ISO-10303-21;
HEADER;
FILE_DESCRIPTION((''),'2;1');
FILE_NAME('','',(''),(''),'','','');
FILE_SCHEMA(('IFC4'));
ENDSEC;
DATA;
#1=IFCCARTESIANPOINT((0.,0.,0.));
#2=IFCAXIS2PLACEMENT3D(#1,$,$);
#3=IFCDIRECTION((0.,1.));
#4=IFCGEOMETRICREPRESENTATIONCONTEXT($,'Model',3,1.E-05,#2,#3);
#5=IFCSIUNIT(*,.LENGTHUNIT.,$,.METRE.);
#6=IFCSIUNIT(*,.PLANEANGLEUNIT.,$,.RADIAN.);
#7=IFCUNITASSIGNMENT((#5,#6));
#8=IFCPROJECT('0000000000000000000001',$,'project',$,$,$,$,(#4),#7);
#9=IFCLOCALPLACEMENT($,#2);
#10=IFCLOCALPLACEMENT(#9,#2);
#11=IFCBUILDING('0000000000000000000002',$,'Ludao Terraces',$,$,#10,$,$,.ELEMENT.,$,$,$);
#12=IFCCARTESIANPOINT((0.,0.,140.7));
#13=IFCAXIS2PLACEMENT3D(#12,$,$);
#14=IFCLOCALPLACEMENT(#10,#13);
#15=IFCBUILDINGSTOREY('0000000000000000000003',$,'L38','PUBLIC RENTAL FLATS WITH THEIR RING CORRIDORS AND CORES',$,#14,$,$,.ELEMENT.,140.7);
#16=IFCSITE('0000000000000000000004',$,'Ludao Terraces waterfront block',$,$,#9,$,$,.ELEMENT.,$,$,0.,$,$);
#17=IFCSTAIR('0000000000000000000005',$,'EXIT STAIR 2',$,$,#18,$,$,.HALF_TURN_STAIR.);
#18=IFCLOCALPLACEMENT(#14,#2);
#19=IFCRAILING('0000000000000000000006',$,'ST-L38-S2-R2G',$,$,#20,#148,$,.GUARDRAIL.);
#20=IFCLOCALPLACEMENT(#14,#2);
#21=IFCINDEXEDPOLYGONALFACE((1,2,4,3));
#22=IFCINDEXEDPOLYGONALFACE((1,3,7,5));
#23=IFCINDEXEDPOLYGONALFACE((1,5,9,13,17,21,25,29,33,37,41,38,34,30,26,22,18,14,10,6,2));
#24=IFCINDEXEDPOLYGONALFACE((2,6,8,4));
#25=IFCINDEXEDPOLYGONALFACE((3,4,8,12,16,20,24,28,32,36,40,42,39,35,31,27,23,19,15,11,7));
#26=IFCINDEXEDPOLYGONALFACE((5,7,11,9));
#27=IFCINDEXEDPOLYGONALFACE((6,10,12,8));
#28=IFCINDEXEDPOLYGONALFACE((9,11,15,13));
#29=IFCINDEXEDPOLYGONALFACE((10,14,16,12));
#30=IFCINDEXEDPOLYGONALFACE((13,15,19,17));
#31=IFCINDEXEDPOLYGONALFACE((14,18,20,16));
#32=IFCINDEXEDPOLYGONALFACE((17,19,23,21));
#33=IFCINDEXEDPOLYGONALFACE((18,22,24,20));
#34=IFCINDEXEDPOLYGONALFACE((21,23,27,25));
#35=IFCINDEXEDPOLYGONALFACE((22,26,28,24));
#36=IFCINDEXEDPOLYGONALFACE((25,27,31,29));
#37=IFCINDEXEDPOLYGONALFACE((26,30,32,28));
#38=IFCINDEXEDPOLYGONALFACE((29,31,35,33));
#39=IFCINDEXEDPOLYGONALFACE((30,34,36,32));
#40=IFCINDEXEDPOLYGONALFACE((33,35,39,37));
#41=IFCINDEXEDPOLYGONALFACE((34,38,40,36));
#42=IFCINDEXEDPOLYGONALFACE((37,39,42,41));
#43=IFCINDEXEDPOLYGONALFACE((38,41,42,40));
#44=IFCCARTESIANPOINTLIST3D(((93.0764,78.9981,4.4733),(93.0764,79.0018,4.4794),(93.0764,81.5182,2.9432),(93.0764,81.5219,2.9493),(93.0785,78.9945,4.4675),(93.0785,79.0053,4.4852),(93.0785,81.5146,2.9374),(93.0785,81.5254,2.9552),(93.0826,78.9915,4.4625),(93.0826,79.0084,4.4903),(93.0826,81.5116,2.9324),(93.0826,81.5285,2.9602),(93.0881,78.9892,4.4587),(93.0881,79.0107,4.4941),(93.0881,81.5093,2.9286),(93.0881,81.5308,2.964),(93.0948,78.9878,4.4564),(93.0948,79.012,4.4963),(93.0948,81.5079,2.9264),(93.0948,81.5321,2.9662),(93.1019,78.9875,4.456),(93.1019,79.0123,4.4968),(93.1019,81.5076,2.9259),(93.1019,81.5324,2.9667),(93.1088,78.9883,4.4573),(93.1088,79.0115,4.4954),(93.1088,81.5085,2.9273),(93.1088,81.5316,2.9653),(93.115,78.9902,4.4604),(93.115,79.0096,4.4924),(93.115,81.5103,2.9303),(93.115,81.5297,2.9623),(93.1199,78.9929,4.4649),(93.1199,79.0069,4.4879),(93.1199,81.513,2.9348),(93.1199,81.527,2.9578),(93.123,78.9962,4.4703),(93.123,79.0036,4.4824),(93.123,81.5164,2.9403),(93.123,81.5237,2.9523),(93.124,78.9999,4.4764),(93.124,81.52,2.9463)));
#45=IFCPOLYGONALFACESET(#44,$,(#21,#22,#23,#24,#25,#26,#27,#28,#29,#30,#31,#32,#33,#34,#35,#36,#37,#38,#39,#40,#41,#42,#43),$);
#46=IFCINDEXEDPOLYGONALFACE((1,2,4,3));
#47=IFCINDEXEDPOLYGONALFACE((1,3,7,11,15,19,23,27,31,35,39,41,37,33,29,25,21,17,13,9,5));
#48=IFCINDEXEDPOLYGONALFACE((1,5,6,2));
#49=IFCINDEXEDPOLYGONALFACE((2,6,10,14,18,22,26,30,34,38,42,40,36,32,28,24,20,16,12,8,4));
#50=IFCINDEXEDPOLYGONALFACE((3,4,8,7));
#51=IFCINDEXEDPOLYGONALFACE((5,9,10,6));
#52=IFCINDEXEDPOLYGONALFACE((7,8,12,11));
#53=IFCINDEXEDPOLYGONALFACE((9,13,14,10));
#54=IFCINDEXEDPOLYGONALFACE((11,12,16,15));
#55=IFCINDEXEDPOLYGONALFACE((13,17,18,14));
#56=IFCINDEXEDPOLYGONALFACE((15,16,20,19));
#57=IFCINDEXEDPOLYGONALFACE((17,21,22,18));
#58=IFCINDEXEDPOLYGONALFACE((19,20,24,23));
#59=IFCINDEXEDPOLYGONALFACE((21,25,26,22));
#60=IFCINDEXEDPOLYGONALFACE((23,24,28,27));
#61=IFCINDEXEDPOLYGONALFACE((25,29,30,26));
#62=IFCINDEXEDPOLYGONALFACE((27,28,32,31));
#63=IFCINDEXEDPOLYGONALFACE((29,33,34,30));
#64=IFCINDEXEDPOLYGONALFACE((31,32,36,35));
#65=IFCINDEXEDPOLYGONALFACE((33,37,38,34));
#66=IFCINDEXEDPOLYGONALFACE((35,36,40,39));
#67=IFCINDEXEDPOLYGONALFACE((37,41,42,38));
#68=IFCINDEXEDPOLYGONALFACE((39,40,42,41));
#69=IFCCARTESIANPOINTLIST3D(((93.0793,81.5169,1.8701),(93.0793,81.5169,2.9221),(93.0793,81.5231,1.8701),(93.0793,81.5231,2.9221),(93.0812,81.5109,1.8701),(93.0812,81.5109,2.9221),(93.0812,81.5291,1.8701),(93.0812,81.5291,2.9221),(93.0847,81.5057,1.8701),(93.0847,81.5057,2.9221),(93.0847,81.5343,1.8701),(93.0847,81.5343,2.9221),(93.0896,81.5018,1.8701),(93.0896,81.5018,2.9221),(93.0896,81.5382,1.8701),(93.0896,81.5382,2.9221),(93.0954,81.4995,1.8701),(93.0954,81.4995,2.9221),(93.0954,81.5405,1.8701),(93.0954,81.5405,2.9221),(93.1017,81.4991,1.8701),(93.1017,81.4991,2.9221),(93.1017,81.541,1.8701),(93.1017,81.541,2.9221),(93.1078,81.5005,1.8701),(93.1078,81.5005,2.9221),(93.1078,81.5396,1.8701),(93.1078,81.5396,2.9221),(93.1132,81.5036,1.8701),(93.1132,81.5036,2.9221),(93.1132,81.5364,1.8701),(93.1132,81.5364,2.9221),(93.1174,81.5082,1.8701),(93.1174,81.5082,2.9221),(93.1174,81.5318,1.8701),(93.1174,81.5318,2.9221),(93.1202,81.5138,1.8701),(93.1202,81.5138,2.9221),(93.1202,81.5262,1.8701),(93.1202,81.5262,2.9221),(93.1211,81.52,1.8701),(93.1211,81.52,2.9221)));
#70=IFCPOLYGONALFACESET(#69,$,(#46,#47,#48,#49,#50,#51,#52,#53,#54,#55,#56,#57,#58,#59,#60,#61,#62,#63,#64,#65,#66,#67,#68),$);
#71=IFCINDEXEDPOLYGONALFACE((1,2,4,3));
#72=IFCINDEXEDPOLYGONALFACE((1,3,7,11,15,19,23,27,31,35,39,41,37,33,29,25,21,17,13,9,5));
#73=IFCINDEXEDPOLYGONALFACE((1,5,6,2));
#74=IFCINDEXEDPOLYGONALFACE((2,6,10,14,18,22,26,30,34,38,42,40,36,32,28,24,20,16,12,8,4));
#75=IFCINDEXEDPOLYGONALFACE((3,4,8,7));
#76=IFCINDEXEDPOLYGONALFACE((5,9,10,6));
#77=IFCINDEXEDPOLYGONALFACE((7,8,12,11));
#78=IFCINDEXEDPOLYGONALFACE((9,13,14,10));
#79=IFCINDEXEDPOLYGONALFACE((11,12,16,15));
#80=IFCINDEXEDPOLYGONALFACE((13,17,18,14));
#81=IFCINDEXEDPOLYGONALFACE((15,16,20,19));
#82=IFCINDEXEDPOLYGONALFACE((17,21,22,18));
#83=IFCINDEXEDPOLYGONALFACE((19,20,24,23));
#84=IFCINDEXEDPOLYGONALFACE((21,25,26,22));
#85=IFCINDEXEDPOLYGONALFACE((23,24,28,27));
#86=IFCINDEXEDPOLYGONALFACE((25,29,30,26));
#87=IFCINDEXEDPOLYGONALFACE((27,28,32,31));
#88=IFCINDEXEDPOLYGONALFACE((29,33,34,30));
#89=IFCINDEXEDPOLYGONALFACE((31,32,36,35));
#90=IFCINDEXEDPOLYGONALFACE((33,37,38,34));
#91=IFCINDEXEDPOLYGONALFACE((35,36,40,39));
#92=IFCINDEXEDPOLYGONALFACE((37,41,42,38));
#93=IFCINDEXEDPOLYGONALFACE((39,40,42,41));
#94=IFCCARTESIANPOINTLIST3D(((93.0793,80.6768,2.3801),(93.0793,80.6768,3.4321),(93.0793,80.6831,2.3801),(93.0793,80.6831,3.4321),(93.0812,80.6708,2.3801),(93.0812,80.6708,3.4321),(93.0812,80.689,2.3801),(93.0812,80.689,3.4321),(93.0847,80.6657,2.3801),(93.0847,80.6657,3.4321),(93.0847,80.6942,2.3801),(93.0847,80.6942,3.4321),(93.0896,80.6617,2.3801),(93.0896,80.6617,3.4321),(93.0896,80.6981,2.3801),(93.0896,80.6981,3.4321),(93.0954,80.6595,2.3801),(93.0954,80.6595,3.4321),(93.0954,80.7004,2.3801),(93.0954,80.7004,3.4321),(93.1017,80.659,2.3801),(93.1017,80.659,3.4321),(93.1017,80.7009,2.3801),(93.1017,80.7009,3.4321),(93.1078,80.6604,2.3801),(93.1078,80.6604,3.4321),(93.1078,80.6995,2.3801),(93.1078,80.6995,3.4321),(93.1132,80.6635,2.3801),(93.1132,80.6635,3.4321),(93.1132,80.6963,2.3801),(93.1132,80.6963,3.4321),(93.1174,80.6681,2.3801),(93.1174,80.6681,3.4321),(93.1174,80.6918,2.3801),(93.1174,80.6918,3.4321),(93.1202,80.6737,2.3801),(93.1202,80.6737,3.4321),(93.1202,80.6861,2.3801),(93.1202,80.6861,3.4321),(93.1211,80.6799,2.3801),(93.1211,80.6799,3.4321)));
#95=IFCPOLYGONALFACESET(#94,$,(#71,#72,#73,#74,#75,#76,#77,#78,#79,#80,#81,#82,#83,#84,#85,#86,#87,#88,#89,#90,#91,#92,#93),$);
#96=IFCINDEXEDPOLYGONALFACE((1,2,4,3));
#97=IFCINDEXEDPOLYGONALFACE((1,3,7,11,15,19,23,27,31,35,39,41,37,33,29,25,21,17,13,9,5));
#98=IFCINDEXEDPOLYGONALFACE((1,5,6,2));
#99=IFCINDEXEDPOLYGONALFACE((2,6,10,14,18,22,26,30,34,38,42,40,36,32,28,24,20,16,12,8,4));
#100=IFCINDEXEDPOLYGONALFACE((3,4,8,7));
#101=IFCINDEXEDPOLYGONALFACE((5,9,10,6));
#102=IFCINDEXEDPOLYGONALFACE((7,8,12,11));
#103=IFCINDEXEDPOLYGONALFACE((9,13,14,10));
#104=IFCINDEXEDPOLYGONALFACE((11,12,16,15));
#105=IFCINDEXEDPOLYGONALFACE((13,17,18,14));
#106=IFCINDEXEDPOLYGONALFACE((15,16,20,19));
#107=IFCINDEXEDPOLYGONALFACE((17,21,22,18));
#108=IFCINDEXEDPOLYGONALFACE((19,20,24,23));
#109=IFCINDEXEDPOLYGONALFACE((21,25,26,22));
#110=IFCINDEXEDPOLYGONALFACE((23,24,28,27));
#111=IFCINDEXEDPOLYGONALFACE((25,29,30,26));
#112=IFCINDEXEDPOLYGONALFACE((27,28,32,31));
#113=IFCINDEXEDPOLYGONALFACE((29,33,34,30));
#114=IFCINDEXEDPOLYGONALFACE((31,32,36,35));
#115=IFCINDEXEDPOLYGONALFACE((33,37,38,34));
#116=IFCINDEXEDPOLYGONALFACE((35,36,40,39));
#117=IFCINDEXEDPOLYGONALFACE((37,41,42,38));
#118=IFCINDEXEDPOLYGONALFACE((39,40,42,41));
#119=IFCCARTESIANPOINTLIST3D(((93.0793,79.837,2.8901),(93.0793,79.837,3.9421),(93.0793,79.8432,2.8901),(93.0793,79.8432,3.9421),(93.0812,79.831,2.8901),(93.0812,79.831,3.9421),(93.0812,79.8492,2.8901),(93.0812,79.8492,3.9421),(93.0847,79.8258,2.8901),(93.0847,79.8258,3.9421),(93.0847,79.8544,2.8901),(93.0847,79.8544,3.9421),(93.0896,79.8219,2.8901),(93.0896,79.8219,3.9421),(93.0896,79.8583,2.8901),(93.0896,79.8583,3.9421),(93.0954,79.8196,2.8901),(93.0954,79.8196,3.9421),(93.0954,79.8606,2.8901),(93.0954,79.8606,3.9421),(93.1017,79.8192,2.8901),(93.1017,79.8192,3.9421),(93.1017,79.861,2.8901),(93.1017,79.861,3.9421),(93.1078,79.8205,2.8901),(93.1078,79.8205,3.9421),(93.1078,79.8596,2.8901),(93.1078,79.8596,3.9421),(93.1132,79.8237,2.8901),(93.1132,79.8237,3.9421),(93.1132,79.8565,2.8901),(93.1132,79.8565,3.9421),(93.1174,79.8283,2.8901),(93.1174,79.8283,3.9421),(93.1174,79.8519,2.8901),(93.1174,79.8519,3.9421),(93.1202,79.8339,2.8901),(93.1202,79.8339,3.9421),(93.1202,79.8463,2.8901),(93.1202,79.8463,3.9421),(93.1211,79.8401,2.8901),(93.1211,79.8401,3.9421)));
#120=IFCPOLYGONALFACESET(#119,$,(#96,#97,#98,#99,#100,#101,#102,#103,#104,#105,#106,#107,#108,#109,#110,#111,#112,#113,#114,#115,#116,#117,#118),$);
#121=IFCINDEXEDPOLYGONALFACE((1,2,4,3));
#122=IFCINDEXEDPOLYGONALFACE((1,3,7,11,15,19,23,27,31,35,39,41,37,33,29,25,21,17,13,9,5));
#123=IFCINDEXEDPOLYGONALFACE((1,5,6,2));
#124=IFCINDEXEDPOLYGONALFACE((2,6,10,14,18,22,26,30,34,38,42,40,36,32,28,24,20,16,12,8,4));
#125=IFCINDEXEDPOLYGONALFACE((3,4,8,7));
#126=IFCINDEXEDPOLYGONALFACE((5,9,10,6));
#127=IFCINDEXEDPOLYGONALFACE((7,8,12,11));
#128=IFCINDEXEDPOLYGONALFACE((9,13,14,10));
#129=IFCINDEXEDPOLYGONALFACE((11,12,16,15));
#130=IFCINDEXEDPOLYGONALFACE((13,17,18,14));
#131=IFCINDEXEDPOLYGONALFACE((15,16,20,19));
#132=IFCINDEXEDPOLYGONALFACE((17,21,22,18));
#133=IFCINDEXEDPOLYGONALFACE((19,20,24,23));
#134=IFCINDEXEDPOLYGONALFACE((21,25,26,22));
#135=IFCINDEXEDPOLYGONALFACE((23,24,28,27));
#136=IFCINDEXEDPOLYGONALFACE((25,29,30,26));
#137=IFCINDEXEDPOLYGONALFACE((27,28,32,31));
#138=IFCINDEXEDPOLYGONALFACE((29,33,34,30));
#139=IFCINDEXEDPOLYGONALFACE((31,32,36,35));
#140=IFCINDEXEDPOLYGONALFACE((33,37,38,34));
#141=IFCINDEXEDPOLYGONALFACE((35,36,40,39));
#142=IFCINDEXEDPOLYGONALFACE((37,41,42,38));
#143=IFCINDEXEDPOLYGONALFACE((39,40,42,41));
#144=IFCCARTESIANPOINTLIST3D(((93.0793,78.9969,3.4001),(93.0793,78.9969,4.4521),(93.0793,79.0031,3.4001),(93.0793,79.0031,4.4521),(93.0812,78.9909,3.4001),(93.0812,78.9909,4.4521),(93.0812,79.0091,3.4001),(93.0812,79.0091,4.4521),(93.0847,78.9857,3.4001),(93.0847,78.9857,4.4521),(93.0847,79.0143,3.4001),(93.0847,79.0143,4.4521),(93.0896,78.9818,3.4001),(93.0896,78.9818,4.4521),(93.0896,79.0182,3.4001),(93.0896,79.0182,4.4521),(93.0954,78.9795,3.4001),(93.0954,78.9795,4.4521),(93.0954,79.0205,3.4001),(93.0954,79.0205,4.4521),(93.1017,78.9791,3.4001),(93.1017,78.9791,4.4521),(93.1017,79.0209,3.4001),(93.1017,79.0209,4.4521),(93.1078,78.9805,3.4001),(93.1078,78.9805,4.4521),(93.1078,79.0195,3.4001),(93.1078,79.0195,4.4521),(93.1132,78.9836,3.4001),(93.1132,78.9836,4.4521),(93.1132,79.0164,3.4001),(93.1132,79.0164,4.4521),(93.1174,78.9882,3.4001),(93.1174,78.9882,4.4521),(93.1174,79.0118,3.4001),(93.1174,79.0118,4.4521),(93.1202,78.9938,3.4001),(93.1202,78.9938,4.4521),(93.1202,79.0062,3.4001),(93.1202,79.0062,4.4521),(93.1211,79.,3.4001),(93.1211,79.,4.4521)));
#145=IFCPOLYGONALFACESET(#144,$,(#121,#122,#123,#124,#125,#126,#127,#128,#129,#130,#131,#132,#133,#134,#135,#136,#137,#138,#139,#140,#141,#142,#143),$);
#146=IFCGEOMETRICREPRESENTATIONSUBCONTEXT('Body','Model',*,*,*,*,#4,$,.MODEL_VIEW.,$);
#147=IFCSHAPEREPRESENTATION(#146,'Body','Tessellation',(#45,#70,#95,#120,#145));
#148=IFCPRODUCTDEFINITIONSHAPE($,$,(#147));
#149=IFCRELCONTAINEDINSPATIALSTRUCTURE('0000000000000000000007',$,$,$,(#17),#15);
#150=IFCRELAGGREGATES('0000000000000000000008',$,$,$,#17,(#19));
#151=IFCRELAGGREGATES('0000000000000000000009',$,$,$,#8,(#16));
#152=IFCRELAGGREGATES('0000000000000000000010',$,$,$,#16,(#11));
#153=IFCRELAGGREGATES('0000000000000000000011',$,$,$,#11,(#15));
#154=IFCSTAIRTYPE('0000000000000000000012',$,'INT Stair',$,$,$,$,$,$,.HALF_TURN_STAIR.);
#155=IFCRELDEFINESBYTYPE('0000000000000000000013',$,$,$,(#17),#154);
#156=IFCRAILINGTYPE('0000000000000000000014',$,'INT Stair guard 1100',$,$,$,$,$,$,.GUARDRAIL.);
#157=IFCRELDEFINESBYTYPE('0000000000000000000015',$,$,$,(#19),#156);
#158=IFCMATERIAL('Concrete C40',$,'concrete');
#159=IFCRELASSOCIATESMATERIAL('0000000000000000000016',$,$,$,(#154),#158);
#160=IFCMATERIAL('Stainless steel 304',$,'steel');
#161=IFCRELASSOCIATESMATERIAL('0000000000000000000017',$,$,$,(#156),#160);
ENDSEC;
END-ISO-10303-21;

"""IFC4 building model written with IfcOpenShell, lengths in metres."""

from ifc_helpers import new_model, si_unit, direction, frame, origin, origin_2d, place, context, subcontext, project, spatial, circle, extrude, material, type_object, element, aggregate, save


model = new_model("IFC4")

# Units and contexts
model_context = context("Model", 3, precision=1e-05, world=origin(), true_north=direction((0.0, 1.0)))
body_context = subcontext(model_context, "Body", "Model", "MODEL_VIEW")
ifc_project = project(units=[si_unit("LENGTHUNIT", "METRE"), si_unit("PLANEANGLEUNIT", "RADIAN")], contexts=[model_context])

# Site, building, storey
site_placement = place(None, origin())
site = spatial("IfcSite", under=ifc_project, at=site_placement, Name="Ludao Terraces waterfront block", CompositionType="ELEMENT", RefElevation=0.0)
building_placement = place(site_placement, origin())
building = spatial("IfcBuilding", under=site, at=building_placement, Name="Ludao Terraces", CompositionType="ELEMENT")
storey_placement = place(building_placement, frame((0.0, 0.0, 140.7)))
storey = spatial("IfcBuildingStorey", under=building, at=storey_placement, Name="L38", Description="PUBLIC RENTAL FLATS WITH THEIR RING CORRIDORS AND CORES", CompositionType="ELEMENT", Elevation=140.7)

# Shared definitions
ifc_material_1 = material(Name="Stainless steel 304", Category="steel")

# Stair, railing
ifc_material_2 = material(Name="Concrete C40", Category="concrete")
stair_type = type_object("IfcStairType", Name="INT Stair", PredefinedType="HALF_TURN_STAIR", material=ifc_material_2)
stair_placement = place(storey_placement, origin())
stair = element("IfcStair", 1, at=stair_placement, inside=storey, type_object=stair_type, Name="EXIT STAIR 2", PredefinedType="HALF_TURN_STAIR")
railing_type_1 = type_object("IfcRailingType", Name="INT Stair guard 1100", PredefinedType="GUARDRAIL", material=ifc_material_1)
railing_1_placement = place(storey_placement, frame((93.1001, 81.52, 1.8701)))
railing_1 = element("IfcRailing", 2, at=railing_1_placement, type_object=railing_type_1, Name="ST-L38-S2-R2G", PredefinedType="GUARDRAIL", context=body_context, shape_type="SweptSolid", body=[
    extrude(circle(Radius=0.0239, at=origin_2d()), frame((0.0, 0.0, 1.0762), z_axis=(0.0, -0.854785, 0.518982), x_axis=(1.0, 0.0, 0.0)), (0.0, 0.0, 1.0), 2.9482),
    extrude(circle(Radius=0.021, at=origin_2d()), origin(), (0.0, 0.0, 1.0), 1.052),
    extrude(circle(Radius=0.021, at=origin_2d()), frame((0.0, -0.8401, 0.51)), (0.0, 0.0, 1.0), 1.052),
    extrude(circle(Radius=0.021, at=origin_2d()), frame((0.0, -1.6799, 1.02)), (0.0, 0.0, 1.0), 1.052),
    extrude(circle(Radius=0.021, at=origin_2d()), frame((0.0, -2.52, 1.53)), (0.0, 0.0, 1.0), 1.052),
])
aggregate(stair, [railing_1])

save(model, "model.ifc")
